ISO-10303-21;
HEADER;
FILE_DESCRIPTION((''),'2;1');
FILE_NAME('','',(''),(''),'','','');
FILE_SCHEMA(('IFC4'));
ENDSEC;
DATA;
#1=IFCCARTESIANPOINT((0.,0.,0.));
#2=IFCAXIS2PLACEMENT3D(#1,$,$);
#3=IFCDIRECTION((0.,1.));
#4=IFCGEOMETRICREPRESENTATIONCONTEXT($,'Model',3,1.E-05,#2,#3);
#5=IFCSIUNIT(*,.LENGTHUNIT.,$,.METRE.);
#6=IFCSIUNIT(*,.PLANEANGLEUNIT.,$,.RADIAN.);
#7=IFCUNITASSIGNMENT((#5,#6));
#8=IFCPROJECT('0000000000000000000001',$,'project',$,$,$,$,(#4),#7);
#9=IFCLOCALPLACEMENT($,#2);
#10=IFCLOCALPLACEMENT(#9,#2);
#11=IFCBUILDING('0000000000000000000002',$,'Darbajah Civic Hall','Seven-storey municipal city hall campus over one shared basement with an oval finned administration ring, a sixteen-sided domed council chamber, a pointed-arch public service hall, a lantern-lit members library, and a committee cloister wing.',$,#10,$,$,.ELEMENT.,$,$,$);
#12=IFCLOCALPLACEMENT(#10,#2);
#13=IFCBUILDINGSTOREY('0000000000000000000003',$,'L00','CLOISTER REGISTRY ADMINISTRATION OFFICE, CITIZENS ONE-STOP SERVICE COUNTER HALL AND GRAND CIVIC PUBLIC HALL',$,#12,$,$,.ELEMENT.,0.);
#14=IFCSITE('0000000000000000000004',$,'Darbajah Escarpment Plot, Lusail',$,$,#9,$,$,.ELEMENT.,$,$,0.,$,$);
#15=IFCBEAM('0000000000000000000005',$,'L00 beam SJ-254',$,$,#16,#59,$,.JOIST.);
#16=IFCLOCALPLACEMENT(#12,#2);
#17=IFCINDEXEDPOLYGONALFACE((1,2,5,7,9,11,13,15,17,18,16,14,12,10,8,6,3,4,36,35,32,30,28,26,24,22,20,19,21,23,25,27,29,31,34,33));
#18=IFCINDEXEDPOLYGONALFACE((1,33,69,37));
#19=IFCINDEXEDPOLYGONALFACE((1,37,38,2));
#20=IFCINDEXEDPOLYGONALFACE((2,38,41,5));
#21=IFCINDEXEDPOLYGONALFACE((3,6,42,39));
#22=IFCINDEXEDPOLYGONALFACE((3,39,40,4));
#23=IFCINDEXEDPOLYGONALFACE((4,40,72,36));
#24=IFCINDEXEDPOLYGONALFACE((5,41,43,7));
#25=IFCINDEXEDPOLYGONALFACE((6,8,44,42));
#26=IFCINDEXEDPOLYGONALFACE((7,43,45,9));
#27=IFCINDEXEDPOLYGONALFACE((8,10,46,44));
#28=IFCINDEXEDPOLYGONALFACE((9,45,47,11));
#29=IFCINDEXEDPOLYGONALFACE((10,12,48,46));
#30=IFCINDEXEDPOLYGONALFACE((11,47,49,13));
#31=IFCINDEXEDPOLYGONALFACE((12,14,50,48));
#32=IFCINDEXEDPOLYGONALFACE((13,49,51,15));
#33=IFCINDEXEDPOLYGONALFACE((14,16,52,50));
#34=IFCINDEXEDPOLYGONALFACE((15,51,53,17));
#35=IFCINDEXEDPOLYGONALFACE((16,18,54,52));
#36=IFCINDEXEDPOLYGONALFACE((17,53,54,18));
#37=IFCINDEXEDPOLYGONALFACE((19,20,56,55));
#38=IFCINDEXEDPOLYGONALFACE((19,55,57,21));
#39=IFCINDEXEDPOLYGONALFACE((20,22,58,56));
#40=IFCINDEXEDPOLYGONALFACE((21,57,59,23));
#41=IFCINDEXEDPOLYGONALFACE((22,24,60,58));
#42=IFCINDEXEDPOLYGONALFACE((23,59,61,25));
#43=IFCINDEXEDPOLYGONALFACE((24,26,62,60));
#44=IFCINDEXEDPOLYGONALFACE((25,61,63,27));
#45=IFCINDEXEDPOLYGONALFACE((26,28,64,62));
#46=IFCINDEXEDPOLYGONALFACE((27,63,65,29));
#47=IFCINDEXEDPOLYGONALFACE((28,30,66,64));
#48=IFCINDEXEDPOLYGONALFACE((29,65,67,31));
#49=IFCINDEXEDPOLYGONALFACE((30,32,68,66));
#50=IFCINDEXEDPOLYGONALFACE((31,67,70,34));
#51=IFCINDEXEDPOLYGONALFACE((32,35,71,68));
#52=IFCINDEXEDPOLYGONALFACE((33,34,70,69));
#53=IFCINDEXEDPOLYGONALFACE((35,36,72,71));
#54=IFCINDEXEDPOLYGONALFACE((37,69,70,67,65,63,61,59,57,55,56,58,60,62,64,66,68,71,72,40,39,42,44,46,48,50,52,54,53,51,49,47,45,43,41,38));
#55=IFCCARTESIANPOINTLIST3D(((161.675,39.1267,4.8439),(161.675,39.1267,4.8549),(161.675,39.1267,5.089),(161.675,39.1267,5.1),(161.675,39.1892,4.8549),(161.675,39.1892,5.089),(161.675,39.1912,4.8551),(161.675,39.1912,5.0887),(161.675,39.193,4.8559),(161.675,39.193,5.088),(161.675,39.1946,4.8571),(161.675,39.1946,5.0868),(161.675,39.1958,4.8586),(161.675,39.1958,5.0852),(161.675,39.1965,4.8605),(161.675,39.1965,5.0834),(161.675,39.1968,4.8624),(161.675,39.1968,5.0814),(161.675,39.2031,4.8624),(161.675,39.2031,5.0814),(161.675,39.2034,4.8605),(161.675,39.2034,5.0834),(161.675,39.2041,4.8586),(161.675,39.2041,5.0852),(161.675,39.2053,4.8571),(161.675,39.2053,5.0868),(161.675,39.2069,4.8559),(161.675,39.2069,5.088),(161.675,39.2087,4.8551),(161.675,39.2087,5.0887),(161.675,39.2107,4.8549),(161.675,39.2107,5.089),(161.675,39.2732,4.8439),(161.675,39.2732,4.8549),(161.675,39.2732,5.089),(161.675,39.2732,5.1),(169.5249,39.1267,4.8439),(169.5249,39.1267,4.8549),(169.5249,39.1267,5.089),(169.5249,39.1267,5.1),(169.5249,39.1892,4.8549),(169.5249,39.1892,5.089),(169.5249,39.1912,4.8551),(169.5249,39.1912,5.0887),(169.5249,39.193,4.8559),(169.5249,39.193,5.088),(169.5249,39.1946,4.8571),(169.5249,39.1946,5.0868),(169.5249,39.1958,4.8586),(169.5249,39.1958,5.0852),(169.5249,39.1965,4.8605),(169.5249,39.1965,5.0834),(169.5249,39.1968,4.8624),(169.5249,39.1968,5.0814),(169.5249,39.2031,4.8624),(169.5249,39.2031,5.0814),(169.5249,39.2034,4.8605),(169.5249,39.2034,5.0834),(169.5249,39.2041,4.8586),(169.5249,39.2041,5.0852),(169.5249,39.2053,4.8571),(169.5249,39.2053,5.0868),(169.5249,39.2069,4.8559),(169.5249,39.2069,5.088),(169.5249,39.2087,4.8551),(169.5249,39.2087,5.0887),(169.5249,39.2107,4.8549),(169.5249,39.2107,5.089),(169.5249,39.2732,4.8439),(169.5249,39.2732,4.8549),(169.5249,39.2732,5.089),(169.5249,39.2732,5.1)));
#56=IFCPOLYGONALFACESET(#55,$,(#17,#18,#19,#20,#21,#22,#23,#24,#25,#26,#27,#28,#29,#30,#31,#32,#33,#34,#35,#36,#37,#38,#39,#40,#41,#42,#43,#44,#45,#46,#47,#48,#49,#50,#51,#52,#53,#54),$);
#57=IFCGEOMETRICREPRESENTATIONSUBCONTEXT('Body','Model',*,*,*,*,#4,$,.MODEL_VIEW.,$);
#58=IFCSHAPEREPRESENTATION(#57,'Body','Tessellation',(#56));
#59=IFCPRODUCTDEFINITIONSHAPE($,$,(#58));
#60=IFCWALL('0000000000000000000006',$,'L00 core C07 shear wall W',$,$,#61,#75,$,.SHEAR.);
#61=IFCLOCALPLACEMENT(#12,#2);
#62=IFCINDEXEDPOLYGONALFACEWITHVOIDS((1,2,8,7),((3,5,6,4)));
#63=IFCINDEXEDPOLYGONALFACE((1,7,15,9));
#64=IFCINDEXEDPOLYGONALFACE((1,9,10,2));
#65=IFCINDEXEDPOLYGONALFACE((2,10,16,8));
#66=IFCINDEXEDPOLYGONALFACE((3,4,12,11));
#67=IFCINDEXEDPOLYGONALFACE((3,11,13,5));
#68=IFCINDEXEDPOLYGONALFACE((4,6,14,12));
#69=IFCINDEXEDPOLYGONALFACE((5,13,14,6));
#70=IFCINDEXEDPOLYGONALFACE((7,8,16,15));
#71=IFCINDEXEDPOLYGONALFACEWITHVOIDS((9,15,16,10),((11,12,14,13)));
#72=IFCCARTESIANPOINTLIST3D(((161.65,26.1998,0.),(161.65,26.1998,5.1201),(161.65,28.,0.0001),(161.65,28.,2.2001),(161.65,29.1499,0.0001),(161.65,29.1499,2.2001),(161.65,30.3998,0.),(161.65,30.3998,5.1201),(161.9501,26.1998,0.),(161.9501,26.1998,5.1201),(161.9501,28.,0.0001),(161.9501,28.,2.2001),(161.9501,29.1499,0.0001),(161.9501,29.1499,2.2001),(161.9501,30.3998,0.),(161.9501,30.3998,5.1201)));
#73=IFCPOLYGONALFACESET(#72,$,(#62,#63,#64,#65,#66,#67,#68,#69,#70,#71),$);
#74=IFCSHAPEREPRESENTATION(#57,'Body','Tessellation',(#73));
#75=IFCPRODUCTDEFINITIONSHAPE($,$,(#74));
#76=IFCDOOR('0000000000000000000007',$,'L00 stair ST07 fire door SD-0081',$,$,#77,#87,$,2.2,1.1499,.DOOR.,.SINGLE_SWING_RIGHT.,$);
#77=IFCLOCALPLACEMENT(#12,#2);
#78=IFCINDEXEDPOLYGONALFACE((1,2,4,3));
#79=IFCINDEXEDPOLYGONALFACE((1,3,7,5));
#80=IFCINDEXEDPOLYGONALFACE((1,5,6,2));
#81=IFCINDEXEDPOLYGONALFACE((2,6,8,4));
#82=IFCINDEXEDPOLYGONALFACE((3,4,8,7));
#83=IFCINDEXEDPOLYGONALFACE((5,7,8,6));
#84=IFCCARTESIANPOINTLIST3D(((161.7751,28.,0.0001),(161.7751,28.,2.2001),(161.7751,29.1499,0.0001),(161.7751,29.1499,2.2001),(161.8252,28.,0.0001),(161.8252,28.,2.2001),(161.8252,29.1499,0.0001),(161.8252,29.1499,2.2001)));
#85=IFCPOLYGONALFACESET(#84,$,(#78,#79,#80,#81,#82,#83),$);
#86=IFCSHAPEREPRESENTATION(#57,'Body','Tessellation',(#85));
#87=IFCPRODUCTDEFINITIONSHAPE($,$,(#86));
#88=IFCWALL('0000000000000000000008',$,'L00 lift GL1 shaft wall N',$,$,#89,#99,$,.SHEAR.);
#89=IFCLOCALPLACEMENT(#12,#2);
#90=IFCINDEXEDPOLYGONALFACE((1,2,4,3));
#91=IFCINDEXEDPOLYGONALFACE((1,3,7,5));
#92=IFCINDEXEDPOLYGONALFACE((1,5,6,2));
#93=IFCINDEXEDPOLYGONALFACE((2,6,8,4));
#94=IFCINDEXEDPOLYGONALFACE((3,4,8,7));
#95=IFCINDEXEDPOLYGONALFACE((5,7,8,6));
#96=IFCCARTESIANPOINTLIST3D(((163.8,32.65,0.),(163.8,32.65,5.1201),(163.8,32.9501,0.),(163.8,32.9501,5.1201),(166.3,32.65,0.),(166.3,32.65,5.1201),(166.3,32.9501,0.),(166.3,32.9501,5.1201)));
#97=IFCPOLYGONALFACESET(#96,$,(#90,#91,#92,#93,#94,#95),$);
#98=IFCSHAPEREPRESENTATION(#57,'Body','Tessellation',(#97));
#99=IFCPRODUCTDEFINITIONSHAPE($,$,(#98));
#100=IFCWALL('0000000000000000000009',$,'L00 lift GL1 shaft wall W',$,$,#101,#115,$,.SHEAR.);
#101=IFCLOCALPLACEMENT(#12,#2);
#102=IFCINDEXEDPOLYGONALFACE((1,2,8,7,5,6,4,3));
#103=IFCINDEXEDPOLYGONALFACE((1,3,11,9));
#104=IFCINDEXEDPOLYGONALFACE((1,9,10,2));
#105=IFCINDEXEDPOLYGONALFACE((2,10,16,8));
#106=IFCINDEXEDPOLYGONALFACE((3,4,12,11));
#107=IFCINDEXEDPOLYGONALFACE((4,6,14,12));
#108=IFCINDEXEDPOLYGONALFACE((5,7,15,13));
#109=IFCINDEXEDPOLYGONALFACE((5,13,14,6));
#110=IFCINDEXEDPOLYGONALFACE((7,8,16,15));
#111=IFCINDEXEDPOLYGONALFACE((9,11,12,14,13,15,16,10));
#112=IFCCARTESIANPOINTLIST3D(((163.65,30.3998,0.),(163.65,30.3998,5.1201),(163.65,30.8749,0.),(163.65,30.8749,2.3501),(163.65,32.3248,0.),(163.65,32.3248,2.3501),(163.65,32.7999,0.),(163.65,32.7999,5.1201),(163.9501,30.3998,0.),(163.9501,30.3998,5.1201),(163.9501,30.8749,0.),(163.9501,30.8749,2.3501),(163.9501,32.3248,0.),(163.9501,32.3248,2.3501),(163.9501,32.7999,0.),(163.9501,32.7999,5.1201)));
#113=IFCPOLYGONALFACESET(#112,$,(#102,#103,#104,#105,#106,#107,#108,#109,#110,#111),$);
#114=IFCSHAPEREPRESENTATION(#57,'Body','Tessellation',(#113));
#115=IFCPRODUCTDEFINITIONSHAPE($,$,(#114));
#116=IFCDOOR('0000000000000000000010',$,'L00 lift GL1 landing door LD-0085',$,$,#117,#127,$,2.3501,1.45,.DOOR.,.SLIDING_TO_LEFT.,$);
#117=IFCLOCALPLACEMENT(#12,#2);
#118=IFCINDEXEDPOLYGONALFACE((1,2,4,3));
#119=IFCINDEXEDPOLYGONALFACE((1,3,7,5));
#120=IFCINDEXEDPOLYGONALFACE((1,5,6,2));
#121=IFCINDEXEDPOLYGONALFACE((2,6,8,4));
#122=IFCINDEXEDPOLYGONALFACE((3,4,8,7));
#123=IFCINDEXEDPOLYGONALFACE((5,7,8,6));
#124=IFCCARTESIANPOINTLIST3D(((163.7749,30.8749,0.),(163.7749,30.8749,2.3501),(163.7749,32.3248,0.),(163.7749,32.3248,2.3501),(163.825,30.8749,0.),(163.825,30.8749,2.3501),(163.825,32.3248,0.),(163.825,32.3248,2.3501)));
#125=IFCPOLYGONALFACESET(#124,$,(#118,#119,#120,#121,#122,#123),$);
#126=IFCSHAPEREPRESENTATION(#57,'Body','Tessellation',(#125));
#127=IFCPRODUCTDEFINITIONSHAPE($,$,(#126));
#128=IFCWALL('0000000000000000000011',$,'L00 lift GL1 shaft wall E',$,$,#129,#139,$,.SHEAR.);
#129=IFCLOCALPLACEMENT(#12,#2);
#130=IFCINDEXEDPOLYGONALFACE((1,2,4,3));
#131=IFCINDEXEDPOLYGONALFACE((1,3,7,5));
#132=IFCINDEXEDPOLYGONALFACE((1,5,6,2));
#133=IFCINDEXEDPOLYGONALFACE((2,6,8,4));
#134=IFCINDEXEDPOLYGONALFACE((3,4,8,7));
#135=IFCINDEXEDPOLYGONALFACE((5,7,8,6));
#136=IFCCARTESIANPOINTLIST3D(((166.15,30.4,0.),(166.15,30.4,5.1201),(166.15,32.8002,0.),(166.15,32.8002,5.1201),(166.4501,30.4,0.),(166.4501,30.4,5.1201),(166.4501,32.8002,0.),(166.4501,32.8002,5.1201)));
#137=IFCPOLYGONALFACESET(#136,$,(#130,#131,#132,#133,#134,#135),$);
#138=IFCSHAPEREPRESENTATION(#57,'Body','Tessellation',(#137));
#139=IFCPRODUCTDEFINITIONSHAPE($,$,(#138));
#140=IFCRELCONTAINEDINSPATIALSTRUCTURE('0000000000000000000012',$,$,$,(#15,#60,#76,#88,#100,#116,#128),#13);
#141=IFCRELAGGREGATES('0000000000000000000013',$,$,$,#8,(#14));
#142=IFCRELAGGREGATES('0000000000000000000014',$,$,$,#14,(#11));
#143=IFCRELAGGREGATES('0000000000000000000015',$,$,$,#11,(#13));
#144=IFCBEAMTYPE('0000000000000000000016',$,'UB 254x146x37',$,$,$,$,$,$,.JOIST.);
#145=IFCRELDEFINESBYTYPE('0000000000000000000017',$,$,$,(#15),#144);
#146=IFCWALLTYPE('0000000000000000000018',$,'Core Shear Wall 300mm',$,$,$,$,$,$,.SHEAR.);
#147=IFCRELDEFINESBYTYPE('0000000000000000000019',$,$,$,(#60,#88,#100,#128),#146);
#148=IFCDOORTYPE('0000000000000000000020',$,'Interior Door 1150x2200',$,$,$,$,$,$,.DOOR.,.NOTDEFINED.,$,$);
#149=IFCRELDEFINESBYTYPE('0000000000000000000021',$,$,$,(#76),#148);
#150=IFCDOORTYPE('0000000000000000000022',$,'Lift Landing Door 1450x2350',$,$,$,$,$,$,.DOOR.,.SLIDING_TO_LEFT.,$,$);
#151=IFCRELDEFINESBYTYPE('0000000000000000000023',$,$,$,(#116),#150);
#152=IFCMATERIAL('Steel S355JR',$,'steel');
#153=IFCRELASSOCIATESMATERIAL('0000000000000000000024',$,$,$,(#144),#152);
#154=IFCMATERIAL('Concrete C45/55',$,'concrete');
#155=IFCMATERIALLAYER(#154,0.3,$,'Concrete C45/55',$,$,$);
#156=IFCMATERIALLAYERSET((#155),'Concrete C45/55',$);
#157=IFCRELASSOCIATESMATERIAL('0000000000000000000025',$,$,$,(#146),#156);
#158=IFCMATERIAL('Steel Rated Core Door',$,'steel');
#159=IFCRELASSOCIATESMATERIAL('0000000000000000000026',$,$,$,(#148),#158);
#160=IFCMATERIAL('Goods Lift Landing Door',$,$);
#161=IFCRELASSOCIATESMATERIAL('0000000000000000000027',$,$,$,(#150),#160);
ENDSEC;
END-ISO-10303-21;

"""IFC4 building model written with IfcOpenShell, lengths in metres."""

from ifc_helpers import new_model, si_unit, direction, frame, frame_2d, origin, origin_2d, place, context, subcontext, project, spatial, rectangle, i_section, extrude, material, layer, layer_set, material_profile, profile_set, type_object, element, fill, save


model = new_model("IFC4")

# Units and contexts
model_context = context("Model", 3, precision=1e-05, world=origin(), true_north=direction((0.0, 1.0)))
body_context = subcontext(model_context, "Body", "Model", "MODEL_VIEW")
ifc_project = project(units=[si_unit("LENGTHUNIT", "METRE"), si_unit("PLANEANGLEUNIT", "RADIAN")], contexts=[model_context])

# Site, building, storey
site_placement = place(None, origin())
site = spatial("IfcSite", under=ifc_project, at=site_placement, Name="Darbajah Escarpment Plot, Lusail", CompositionType="ELEMENT", RefElevation=0.0)
building_placement = place(site_placement, origin())
building = spatial("IfcBuilding", under=site, at=building_placement, Name="Darbajah Civic Hall", Description="Seven-storey municipal city hall campus over one shared basement with an oval finned administration ring, a sixteen-sided domed council chamber, a pointed-arch public service hall, a lantern-lit members library, and a committee cloister wing.", CompositionType="ELEMENT")
storey_placement = place(building_placement, origin())
storey = spatial("IfcBuildingStorey", under=building, at=storey_placement, Name="L00", Description="CLOISTER REGISTRY ADMINISTRATION OFFICE, CITIZENS ONE-STOP SERVICE COUNTER HALL AND GRAND CIVIC PUBLIC HALL", CompositionType="ELEMENT", Elevation=0.0)

# Beam
ifc_material_1 = material(Name="Concrete C45/55", Category="concrete")
ifc_material_2 = material(Name="Steel S355JR", Category="steel")
ifc_material_profile_1 = material_profile(ifc_material_2, i_section(OverallWidth=0.1465, OverallDepth=0.2561, WebThickness=0.0063, FlangeThickness=0.011, FilletRadius=0.0076, at=origin_2d()), Name="UB 254x146x37")
ifc_profile_set_1 = profile_set([ifc_material_profile_1], Name="Steel S355JR")
beam_type_1 = type_object("IfcBeamType", Name="UB 254x146x37", PredefinedType="JOIST", material=ifc_profile_set_1)
for number, where, z_axis, x_axis, name in (
    (1, (161.675, 39.2, 4.9719), (1.0, 0.0, 0.0), (0.0, 1.0, 0.0), "L00 beam SJ-254"),
):
    element("IfcBeam", number, at=place(storey_placement, frame(where, z_axis=z_axis, x_axis=x_axis)), inside=storey, type_object=beam_type_1, Name=name, PredefinedType="JOIST", context=body_context, shape_type="SweptSolid", body=[
        extrude(i_section(OverallWidth=0.1465, OverallDepth=0.2561, WebThickness=0.0063, FlangeThickness=0.011, FilletRadius=0.0076, at=origin_2d()), origin(), (0.0, 0.0, 1.0), 7.8499),
    ])

# Wall, opening, door
ifc_layer_1 = layer(ifc_material_1, 0.3, Name="Concrete C45/55")
ifc_layer_set_1 = layer_set([ifc_layer_1], Name="Concrete C45/55")
wall_type_1 = type_object("IfcWallType", Name="Core Shear Wall 300mm", PredefinedType="SHEAR", material=ifc_layer_set_1)
wall_1_placement = place(storey_placement, frame((161.8, 30.3999, 0.0), z_axis=(0.0, 0.0, 1.0), x_axis=(0.0, -1.0, 0.0)))
wall_1 = element("IfcWall", 2, at=wall_1_placement, inside=storey, type_object=wall_type_1, Name="L00 core C07 shear wall W", PredefinedType="SHEAR", context=body_context, shape_type="SweptSolid", body=[
    extrude(rectangle(XDim=4.2, YDim=0.3, at=frame_2d((2.1001, 0.0))), origin(), (0.0, 0.0, 1.0), 5.1201),
])
opening_1_placement = place(wall_1_placement, frame((1.25, 0.0, 0.0)))
opening_1 = element("IfcOpeningElement", 3, at=opening_1_placement, cuts=wall_1, PredefinedType="OPENING", context=body_context, shape_type="SweptSolid", body=[
    extrude(rectangle(XDim=1.1499, YDim=2.2, at=frame_2d((0.575, 1.1001))), frame((0.0, 0.1599, 0.0), z_axis=(0.0, -1.0, 0.0), x_axis=(1.0, 0.0, 0.0)), (0.0, 0.0, 1.0), 0.3201),
])
ifc_material_3 = material(Name="Steel Rated Core Door", Category="steel")
door_type_1 = type_object("IfcDoorType", Name="Interior Door 1150x2200", OperationType="NOTDEFINED", PredefinedType="DOOR", material=ifc_material_3)
door_1_placement = place(opening_1_placement, frame((1.1499, 0.0, 0.0), z_axis=(0.0, 0.0, 1.0), x_axis=(-1.0, 0.0, 0.0)))
door_1 = element("IfcDoor", 4, at=door_1_placement, inside=storey, type_object=door_type_1, Name="L00 stair ST07 fire door SD-0081", OperationType="SINGLE_SWING_RIGHT", OverallHeight=2.2, OverallWidth=1.1499, PredefinedType="DOOR", context=body_context, shape_type="SweptSolid", body=[
    extrude(rectangle(XDim=1.1499, YDim=2.2, at=frame_2d((0.575, 1.1001))), frame((0.0, 0.0249, 0.0), z_axis=(0.0, -1.0, 0.0), x_axis=(1.0, 0.0, 0.0)), (0.0, 0.0, 1.0), 0.05),
])
fill(opening_1, door_1)

# Wall
wall_2_placement = place(storey_placement, frame((166.3, 32.8, 0.0), z_axis=(0.0, 0.0, 1.0), x_axis=(-1.0, 0.0, 0.0)))
element("IfcWall", 5, at=wall_2_placement, inside=storey, type_object=wall_type_1, Name="L00 lift GL1 shaft wall N", PredefinedType="SHEAR", context=body_context, shape_type="SweptSolid", body=[
    extrude(rectangle(XDim=2.5, YDim=0.3, at=frame_2d((1.25, 0.0))), origin(), (0.0, 0.0, 1.0), 5.1201),
])

# Wall, opening, door
wall_3_placement = place(storey_placement, frame((163.8, 32.8, 0.0), z_axis=(0.0, 0.0, 1.0), x_axis=(0.0, -1.0, 0.0)))
wall_3 = element("IfcWall", 6, at=wall_3_placement, inside=storey, type_object=wall_type_1, Name="L00 lift GL1 shaft wall W", PredefinedType="SHEAR", context=body_context, shape_type="SweptSolid", body=[
    extrude(rectangle(XDim=2.4001, YDim=0.3, at=frame_2d((1.2002, 0.0))), origin(), (0.0, 0.0, 1.0), 5.1201),
])
opening_2_placement = place(wall_3_placement, frame((0.4751, 0.0, 0.0)))
opening_2 = element("IfcOpeningElement", 7, at=opening_2_placement, cuts=wall_3, PredefinedType="OPENING", context=body_context, shape_type="SweptSolid", body=[
    extrude(rectangle(XDim=1.45, YDim=2.3501, at=frame_2d((0.7251, 1.175))), frame((0.0, 0.1599, 0.0), z_axis=(0.0, -1.0, 0.0), x_axis=(1.0, 0.0, 0.0)), (0.0, 0.0, 1.0), 0.3201),
])
ifc_material_4 = material(Name="Goods Lift Landing Door")
door_type_2 = type_object("IfcDoorType", Name="Lift Landing Door 1450x2350", OperationType="SLIDING_TO_LEFT", PredefinedType="DOOR", material=ifc_material_4)
door_2_placement = place(opening_2_placement, origin())
door_2 = element("IfcDoor", 8, at=door_2_placement, inside=storey, type_object=door_type_2, Name="L00 lift GL1 landing door LD-0085", OperationType="SLIDING_TO_LEFT", OverallHeight=2.3501, OverallWidth=1.45, PredefinedType="DOOR", context=body_context, shape_type="SweptSolid", body=[
    extrude(rectangle(XDim=1.45, YDim=2.3501, at=frame_2d((0.7251, 1.175))), frame((0.0, 0.0249, 0.0), z_axis=(0.0, -1.0, 0.0), x_axis=(1.0, 0.0, 0.0)), (0.0, 0.0, 1.0), 0.05),
])
fill(opening_2, door_2)

# Wall
wall_4_placement = place(storey_placement, frame((166.3, 30.3999, 0.0), z_axis=(0.0, 0.0, 1.0), x_axis=(0.0, 1.0, 0.0)))
element("IfcWall", 9, at=wall_4_placement, inside=storey, type_object=wall_type_1, Name="L00 lift GL1 shaft wall E", PredefinedType="SHEAR", context=body_context, shape_type="SweptSolid", body=[
    extrude(rectangle(XDim=2.4001, YDim=0.3, at=frame_2d((1.2002, 0.0))), origin(), (0.0, 0.0, 1.0), 5.1201),
])

save(model, "model.ifc")
